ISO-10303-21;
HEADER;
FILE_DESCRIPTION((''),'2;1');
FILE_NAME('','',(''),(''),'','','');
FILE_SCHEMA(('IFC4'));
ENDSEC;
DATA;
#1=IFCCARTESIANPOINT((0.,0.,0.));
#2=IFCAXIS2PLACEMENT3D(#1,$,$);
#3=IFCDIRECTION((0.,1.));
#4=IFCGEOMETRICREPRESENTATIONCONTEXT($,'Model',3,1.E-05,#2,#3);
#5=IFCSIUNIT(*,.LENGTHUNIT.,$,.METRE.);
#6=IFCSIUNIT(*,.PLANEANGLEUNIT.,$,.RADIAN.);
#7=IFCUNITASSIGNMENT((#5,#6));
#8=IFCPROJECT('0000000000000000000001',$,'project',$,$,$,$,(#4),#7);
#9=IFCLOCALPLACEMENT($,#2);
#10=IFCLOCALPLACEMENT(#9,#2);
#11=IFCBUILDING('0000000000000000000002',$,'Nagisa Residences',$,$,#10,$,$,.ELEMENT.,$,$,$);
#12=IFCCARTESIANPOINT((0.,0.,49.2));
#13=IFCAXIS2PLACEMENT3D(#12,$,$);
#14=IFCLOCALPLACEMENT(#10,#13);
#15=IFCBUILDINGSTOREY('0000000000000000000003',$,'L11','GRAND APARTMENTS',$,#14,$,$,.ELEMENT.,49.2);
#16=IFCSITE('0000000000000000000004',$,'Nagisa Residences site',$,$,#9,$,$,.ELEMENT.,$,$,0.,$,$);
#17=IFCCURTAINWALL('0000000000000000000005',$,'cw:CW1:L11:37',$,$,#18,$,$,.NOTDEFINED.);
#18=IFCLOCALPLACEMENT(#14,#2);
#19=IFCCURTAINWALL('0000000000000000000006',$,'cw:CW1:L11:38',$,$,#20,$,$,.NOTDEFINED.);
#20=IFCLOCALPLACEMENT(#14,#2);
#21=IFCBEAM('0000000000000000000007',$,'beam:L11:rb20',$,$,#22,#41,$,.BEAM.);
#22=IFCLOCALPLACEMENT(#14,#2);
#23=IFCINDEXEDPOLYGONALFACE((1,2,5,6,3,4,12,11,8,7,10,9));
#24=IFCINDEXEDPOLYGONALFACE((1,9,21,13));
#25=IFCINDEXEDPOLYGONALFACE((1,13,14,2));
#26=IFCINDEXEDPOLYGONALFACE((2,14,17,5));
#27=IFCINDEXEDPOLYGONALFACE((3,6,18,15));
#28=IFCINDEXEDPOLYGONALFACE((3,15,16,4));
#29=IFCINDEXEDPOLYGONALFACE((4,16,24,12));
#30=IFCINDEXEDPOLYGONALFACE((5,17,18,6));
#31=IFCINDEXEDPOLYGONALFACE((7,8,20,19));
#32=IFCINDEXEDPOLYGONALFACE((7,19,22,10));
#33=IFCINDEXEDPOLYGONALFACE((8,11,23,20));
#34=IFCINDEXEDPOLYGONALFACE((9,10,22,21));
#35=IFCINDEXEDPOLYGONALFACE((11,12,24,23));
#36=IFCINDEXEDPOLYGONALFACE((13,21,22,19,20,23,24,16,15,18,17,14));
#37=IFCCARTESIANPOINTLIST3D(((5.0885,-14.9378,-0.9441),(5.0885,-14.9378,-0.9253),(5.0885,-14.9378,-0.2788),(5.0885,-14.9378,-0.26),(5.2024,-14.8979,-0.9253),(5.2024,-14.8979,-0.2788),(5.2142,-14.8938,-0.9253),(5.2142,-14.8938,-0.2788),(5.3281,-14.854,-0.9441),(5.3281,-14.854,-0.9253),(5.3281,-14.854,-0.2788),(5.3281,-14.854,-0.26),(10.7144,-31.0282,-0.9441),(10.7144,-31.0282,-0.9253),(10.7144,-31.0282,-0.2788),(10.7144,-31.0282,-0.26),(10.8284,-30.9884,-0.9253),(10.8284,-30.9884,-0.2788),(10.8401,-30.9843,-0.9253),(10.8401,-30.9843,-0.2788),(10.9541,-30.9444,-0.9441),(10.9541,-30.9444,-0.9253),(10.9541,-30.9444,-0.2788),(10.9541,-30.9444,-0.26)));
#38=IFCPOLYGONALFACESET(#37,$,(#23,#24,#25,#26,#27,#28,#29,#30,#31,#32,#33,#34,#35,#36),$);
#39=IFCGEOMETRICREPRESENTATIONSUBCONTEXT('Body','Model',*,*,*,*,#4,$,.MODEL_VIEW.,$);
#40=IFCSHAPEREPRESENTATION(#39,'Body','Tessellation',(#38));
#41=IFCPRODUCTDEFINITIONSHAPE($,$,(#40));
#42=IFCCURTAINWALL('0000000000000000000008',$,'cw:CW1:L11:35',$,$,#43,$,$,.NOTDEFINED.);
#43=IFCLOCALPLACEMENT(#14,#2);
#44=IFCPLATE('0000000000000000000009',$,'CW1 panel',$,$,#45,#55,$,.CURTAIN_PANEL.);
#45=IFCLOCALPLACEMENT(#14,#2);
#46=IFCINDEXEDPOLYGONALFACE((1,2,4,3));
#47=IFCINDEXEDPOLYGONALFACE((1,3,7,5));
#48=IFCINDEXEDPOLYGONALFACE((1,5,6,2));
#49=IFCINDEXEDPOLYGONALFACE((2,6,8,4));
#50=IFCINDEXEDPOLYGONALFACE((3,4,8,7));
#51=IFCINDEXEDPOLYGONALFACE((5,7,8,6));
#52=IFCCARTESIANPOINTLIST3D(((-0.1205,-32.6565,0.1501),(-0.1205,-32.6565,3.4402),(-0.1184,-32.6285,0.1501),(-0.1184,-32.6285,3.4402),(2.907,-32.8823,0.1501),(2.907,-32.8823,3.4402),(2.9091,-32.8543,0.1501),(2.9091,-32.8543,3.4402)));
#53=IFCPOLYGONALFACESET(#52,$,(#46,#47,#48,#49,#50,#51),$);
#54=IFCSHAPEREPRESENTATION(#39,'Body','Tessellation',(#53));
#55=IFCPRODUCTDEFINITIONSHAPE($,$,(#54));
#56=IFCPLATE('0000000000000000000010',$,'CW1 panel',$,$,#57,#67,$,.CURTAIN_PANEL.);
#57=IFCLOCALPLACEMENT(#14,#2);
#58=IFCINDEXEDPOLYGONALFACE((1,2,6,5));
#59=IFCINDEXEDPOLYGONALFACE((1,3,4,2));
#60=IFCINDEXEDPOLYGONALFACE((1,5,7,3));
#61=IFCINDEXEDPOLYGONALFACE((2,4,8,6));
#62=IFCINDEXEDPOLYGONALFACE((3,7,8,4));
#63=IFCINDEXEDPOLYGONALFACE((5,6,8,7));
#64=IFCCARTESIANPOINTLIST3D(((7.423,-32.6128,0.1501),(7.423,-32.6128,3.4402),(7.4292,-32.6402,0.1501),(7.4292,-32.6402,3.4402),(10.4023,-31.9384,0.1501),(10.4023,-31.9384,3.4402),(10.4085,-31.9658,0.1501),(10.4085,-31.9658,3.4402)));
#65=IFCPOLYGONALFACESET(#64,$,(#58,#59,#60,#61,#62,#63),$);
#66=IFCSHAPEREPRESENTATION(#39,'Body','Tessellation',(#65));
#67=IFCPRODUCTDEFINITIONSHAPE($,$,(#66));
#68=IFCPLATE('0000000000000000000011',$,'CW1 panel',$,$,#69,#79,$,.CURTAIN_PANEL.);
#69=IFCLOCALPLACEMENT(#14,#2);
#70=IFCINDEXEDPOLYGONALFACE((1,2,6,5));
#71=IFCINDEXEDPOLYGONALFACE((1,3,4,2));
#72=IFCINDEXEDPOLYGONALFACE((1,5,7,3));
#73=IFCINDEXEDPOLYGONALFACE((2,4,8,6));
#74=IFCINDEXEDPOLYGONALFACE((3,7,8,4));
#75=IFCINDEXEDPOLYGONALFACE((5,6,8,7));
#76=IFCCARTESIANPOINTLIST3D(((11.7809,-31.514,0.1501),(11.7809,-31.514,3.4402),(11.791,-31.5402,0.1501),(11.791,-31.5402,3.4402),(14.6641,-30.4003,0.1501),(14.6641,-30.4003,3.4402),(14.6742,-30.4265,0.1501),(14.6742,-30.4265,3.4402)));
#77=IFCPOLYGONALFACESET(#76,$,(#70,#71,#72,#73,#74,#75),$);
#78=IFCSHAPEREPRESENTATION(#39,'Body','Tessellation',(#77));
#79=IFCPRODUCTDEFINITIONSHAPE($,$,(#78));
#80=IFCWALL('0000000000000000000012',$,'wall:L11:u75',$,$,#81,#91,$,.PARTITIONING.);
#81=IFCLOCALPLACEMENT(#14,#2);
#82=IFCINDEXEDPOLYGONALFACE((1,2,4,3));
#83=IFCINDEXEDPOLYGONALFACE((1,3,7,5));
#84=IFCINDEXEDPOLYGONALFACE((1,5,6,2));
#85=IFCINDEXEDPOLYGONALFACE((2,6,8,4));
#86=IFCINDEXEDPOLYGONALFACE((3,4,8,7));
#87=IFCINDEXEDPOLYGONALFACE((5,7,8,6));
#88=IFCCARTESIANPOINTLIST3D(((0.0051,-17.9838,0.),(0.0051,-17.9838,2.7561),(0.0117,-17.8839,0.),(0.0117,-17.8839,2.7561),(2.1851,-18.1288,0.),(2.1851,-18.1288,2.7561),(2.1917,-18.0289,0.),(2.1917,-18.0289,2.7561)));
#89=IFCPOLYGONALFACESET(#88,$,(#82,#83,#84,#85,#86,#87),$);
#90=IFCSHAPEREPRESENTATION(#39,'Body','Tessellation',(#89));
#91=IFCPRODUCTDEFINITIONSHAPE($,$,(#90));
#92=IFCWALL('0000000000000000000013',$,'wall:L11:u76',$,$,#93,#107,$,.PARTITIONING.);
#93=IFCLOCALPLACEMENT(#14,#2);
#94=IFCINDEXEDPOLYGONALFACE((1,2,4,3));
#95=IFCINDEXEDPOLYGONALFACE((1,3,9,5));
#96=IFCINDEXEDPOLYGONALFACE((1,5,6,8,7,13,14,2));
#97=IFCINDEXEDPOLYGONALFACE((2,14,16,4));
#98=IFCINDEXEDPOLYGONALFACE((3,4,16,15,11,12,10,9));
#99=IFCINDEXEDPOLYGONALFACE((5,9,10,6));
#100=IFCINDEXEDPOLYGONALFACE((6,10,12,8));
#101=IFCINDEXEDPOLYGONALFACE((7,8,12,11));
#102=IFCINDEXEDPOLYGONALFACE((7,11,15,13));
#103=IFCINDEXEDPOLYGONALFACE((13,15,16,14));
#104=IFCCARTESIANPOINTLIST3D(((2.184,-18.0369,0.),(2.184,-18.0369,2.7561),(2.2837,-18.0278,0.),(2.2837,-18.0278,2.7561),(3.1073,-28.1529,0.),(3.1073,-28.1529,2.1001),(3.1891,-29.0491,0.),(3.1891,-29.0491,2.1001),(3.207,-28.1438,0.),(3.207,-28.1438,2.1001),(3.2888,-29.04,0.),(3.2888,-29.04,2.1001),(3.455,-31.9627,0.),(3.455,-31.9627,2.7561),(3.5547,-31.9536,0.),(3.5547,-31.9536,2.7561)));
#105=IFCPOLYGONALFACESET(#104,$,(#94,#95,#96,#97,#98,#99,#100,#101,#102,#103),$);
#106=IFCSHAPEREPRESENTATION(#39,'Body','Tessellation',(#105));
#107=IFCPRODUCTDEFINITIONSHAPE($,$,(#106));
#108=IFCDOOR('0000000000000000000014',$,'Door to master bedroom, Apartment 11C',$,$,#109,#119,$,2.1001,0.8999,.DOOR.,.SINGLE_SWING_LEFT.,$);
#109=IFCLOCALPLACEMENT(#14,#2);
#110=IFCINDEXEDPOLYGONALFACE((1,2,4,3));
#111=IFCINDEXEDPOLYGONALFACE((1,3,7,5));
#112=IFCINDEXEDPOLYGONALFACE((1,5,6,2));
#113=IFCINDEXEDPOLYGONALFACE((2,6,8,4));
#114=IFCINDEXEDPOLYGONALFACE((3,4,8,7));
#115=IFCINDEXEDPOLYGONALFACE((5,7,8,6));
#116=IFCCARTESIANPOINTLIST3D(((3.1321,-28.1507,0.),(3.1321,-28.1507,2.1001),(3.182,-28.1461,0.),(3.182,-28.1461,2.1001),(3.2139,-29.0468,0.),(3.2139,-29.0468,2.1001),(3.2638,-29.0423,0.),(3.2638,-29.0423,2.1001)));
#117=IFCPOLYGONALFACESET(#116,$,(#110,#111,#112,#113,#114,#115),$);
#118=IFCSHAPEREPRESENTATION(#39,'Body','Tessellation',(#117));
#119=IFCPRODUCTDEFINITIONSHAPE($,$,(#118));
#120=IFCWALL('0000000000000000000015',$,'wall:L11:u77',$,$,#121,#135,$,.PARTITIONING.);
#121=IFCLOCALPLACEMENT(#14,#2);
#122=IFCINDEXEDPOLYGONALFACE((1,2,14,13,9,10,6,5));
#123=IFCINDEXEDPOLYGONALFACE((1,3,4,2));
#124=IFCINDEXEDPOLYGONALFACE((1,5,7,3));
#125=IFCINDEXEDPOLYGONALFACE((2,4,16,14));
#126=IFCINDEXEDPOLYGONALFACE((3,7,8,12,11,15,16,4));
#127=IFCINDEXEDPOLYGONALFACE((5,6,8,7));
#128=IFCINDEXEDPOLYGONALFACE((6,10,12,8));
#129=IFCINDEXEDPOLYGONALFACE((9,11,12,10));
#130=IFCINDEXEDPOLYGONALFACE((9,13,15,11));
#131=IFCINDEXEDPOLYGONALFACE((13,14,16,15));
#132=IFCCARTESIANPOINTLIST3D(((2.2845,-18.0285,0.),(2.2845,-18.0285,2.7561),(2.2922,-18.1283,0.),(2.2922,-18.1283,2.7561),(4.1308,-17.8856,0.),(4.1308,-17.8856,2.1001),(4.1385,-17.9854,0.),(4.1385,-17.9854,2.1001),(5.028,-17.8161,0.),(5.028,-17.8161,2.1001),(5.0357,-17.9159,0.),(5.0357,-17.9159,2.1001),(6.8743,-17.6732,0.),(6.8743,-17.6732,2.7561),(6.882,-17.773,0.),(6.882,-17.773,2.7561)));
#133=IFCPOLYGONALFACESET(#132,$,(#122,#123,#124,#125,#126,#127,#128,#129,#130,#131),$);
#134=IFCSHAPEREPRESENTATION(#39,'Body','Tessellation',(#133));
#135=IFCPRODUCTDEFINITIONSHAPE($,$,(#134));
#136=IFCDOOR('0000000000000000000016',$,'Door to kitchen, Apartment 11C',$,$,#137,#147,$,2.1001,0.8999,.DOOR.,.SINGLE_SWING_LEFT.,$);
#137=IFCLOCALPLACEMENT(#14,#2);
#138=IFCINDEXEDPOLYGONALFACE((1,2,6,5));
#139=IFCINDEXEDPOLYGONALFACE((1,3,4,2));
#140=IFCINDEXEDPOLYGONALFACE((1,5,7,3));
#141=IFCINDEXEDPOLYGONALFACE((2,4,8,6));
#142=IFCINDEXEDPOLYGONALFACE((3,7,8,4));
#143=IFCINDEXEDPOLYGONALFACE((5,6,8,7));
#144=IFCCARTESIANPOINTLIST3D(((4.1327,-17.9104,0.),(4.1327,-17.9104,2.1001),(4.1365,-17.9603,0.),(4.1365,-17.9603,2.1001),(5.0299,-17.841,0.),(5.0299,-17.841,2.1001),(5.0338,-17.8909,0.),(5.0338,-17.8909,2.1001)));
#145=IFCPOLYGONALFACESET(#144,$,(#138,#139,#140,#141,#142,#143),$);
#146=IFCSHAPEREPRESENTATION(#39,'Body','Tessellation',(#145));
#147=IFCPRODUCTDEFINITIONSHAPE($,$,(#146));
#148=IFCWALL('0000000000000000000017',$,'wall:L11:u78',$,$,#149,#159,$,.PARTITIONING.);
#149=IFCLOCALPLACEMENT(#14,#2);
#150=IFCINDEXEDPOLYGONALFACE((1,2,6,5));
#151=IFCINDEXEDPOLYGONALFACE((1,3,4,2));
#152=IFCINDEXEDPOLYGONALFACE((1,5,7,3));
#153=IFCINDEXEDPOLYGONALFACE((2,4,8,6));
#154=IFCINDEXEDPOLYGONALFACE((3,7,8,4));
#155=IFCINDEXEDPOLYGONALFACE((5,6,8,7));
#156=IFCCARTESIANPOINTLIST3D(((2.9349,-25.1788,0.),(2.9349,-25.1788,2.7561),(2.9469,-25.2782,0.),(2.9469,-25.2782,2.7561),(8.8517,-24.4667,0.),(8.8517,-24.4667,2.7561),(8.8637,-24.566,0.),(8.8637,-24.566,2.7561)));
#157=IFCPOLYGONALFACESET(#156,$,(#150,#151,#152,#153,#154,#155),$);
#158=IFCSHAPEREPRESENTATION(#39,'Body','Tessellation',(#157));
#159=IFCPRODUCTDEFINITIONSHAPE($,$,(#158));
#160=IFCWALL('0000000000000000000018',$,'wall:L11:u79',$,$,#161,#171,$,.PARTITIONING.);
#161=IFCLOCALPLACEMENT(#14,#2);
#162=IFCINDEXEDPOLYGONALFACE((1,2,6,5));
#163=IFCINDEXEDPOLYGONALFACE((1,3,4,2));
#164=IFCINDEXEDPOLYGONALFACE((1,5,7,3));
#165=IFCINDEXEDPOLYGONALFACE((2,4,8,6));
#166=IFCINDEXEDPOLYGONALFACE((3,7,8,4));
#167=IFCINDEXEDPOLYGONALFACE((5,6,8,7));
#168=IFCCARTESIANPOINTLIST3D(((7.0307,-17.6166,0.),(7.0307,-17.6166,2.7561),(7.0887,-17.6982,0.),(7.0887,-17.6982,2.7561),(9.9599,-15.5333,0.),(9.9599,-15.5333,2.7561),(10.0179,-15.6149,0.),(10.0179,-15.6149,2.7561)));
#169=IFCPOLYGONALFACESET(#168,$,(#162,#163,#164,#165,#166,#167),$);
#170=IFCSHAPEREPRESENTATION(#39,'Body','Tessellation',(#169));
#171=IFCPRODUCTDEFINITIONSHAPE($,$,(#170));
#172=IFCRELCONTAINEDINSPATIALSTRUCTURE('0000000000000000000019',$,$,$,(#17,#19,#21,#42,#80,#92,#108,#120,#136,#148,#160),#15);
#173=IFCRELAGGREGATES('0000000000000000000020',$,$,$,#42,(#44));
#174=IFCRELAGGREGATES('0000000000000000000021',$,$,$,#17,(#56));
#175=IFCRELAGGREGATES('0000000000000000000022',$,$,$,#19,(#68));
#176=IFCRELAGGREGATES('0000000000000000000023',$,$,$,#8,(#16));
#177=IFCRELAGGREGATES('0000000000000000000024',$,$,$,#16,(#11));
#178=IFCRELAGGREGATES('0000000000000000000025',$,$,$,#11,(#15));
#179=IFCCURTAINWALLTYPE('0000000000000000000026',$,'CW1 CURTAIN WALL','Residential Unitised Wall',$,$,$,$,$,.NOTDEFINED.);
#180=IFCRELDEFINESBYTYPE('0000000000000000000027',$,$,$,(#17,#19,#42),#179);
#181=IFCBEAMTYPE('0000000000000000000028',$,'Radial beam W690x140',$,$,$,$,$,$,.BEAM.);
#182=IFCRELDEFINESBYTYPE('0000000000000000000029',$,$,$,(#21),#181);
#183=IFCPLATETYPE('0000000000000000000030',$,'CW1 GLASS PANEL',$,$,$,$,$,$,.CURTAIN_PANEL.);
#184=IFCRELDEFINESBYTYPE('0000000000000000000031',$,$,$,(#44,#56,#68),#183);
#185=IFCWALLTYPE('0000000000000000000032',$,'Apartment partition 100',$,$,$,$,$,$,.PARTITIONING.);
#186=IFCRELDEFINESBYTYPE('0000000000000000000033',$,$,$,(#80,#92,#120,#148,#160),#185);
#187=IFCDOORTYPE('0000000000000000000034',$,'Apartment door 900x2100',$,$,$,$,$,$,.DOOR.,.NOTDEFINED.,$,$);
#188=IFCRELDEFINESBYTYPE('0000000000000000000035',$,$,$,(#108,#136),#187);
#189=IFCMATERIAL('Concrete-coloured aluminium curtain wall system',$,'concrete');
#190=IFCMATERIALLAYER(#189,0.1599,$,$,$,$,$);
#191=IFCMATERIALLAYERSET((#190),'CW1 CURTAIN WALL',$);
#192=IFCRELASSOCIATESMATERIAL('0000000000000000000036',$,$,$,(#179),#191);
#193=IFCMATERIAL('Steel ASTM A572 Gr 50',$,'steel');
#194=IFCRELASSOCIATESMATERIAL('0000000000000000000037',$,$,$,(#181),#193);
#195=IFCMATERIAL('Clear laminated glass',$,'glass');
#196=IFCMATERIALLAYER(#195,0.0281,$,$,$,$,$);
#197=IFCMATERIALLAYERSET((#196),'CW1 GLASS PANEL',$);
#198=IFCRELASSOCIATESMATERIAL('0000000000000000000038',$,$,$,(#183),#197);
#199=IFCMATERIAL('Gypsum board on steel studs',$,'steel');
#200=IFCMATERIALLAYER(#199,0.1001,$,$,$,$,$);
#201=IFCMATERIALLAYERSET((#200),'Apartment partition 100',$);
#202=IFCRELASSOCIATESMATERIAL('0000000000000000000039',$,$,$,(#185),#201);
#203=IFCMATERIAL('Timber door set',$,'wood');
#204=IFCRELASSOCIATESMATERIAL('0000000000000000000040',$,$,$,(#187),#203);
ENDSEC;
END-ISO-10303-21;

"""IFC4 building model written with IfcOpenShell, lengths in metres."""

from ifc_helpers import new_model, si_unit, direction, frame, frame_2d, origin, origin_2d, place, context, subcontext, project, spatial, rectangle, i_section, extrude, material, layer, layer_set, material_profile, profile_set, type_object, element, fill, aggregate, save


model = new_model("IFC4")

# Units and contexts
model_context = context("Model", 3, precision=1e-05, world=origin(), true_north=direction((0.0, 1.0)))
body_context = subcontext(model_context, "Body", "Model", "MODEL_VIEW")
ifc_project = project(units=[si_unit("LENGTHUNIT", "METRE"), si_unit("PLANEANGLEUNIT", "RADIAN")], contexts=[model_context])

# Site, building, storey
site_placement = place(None, origin())
site = spatial("IfcSite", under=ifc_project, at=site_placement, Name="Nagisa Residences site", CompositionType="ELEMENT", RefElevation=0.0)
building_placement = place(site_placement, origin())
building = spatial("IfcBuilding", under=site, at=building_placement, Name="Nagisa Residences", CompositionType="ELEMENT")
storey_placement = place(building_placement, frame((0.0, 0.0, 49.2)))
storey = spatial("IfcBuildingStorey", under=building, at=storey_placement, Name="L11", Description="GRAND APARTMENTS", CompositionType="ELEMENT", Elevation=49.2)

# Curtain walls
ifc_material_1 = material(Name="Concrete-coloured aluminium curtain wall system", Category="concrete")
ifc_layer_1 = layer(ifc_material_1, 0.1599)
ifc_layer_set_1 = layer_set([ifc_layer_1], Name="CW1 CURTAIN WALL")
curtain_wall_type = type_object("IfcCurtainWallType", Name="CW1 CURTAIN WALL", Description="Residential Unitised Wall", PredefinedType="NOTDEFINED", material=ifc_layer_set_1)
curtain_wall_1_placement = place(storey_placement, origin())
curtain_wall_1 = element("IfcCurtainWall", 1, at=curtain_wall_1_placement, inside=storey, type_object=curtain_wall_type, Name="cw:CW1:L11:37", PredefinedType="NOTDEFINED")
curtain_wall_2_placement = place(storey_placement, origin())
curtain_wall_2 = element("IfcCurtainWall", 2, at=curtain_wall_2_placement, inside=storey, type_object=curtain_wall_type, Name="cw:CW1:L11:38", PredefinedType="NOTDEFINED")

# Beam
ifc_material_2 = material(Name="Steel ASTM A572 Gr 50", Category="steel")
ifc_material_profile_1 = material_profile(ifc_material_2, i_section(OverallWidth=0.2539, OverallDepth=0.6841, WebThickness=0.0125, FlangeThickness=0.0188, at=origin_2d()), Name="W690x140")
ifc_profile_set_1 = profile_set([ifc_material_profile_1], Name="Steel ASTM A572 Gr 50")
beam_type_1 = type_object("IfcBeamType", Name="Radial beam W690x140", PredefinedType="BEAM", material=ifc_profile_set_1)
beam_1_placement = place(storey_placement, frame((10.8342, -30.9863, -0.6021), z_axis=(-0.330051, 0.943963, 0.0), x_axis=(-0.943963, -0.330051, 0.0)))
element("IfcBeam", 3, at=beam_1_placement, inside=storey, type_object=beam_type_1, Name="beam:L11:rb20", PredefinedType="BEAM", context=body_context, shape_type="SweptSolid", body=[
    extrude(i_section(OverallWidth=0.2539, OverallDepth=0.6841, WebThickness=0.0125, FlangeThickness=0.0188, at=origin_2d()), origin(), (0.0, 0.0, 1.0), 17.0457),
])

# Curtain wall, plate
curtain_wall_3_placement = place(storey_placement, origin())
curtain_wall_3 = element("IfcCurtainWall", 4, at=curtain_wall_3_placement, inside=storey, type_object=curtain_wall_type, Name="cw:CW1:L11:35", PredefinedType="NOTDEFINED")
ifc_material_3 = material(Name="Clear laminated glass", Category="glass")
ifc_layer_2 = layer(ifc_material_3, 0.0281)
ifc_layer_set_2 = layer_set([ifc_layer_2], Name="CW1 GLASS PANEL")
plate_type = type_object("IfcPlateType", Name="CW1 GLASS PANEL", PredefinedType="CURTAIN_PANEL", material=ifc_layer_set_2)
plate_1_placement = place(storey_placement, frame((1.3943, -32.7554, 0.1501), z_axis=(0.0, 0.0, 1.0), x_axis=(0.99723, -0.074377, 0.0)))
plate_1 = element("IfcPlate", 5, at=plate_1_placement, type_object=plate_type, Name="CW1 panel", PredefinedType="CURTAIN_PANEL", context=body_context, shape_type="SweptSolid", body=[
    extrude(rectangle(XDim=3.0359, YDim=0.0281, at=origin_2d()), origin(), (0.0, 0.0, 1.0), 3.29),
])
aggregate(curtain_wall_3, [plate_1])

# Plates
plate_2_placement = place(storey_placement, frame((8.9158, -32.2893, 0.1501), z_axis=(0.0, 0.0, 1.0), x_axis=(0.975327, 0.220764, 0.0)))
plate_2 = element("IfcPlate", 6, at=plate_2_placement, type_object=plate_type, Name="CW1 panel", PredefinedType="CURTAIN_PANEL", context=body_context, shape_type="SweptSolid", body=[
    extrude(rectangle(XDim=3.0547, YDim=0.0281, at=origin_2d()), origin(), (0.0, 0.0, 1.0), 3.29),
])
aggregate(curtain_wall_1, [plate_2])
plate_3_placement = place(storey_placement, frame((13.2275, -30.9702, 0.1501), z_axis=(0.0, 0.0, 1.0), x_axis=(0.932826, 0.360328, 0.0)))
plate_3 = element("IfcPlate", 7, at=plate_3_placement, type_object=plate_type, Name="CW1 panel", PredefinedType="CURTAIN_PANEL", context=body_context, shape_type="SweptSolid", body=[
    extrude(rectangle(XDim=3.0908, YDim=0.0281, at=origin_2d()), origin(), (0.0, 0.0, 1.0), 3.29),
])
aggregate(curtain_wall_2, [plate_3])

# Wall
ifc_material_4 = material(Name="Gypsum board on steel studs", Category="steel")
ifc_layer_3 = layer(ifc_material_4, 0.1001)
ifc_layer_set_3 = layer_set([ifc_layer_3], Name="Apartment partition 100")
wall_type_1 = type_object("IfcWallType", Name="Apartment partition 100", PredefinedType="PARTITIONING", material=ifc_layer_set_3)
wall_1_placement = place(storey_placement, frame((0.0085, -17.9338, 0.0), z_axis=(0.0, 0.0, 1.0), x_axis=(0.997795, -0.066378, 0.0)))
element("IfcWall", 8, at=wall_1_placement, inside=storey, type_object=wall_type_1, Name="wall:L11:u75", PredefinedType="PARTITIONING", context=body_context, shape_type="SweptSolid", body=[
    extrude(rectangle(XDim=2.1848, YDim=0.1001, at=frame_2d((1.0923, 0.0))), origin(), (0.0, 0.0, 1.0), 2.7561),
])

# Walls, openings, doors
wall_2_placement = place(storey_placement, frame((2.2339, -18.0325, 0.0), z_axis=(0.0, 0.0, 1.0), x_axis=(0.090892, -0.995861, 0.0)))
wall_2 = element("IfcWall", 9, at=wall_2_placement, inside=storey, type_object=wall_type_1, Name="wall:L11:u76", PredefinedType="PARTITIONING", context=body_context, shape_type="SweptSolid", body=[
    extrude(rectangle(XDim=13.9836, YDim=0.1001, at=frame_2d((6.9917, 0.0))), origin(), (0.0, 0.0, 1.0), 2.7561),
])
opening_1_placement = place(wall_2_placement, frame((10.158, 0.0, 0.0)))
opening_1 = element("IfcOpeningElement", 10, at=opening_1_placement, cuts=wall_2, PredefinedType="OPENING", context=body_context, shape_type="SweptSolid", body=[
    extrude(rectangle(XDim=0.8999, YDim=2.1001, at=frame_2d((0.45, 1.05))), frame((0.0, 0.0601, 0.0), z_axis=(0.0, -1.0, 0.0), x_axis=(1.0, 0.0, 0.0)), (0.0, 0.0, 1.0), 0.1201),
])
ifc_material_5 = material(Name="Timber door set", Category="wood")
door_type_1 = type_object("IfcDoorType", Name="Apartment door 900x2100", OperationType="NOTDEFINED", PredefinedType="DOOR", material=ifc_material_5)
door_1_placement = place(opening_1_placement, origin())
door_1 = element("IfcDoor", 11, at=door_1_placement, inside=storey, type_object=door_type_1, Name="Door to master bedroom, Apartment 11C", OperationType="SINGLE_SWING_LEFT", OverallHeight=2.1001, OverallWidth=0.8999, PredefinedType="DOOR", context=body_context, shape_type="SweptSolid", body=[
    extrude(rectangle(XDim=0.8999, YDim=2.1001, at=frame_2d((0.45, 1.05))), frame((0.0, 0.0249, 0.0), z_axis=(0.0, -1.0, 0.0), x_axis=(1.0, 0.0, 0.0)), (0.0, 0.0, 1.0), 0.05),
])
fill(opening_1, door_1)
wall_3_placement = place(storey_placement, frame((2.2883, -18.0784, 0.0), z_axis=(0.0, 0.0, 1.0), x_axis=(0.997019, 0.077163, 0.0)))
wall_3 = element("IfcWall", 12, at=wall_3_placement, inside=storey, type_object=wall_type_1, Name="wall:L11:u77", PredefinedType="PARTITIONING", context=body_context, shape_type="SweptSolid", body=[
    extrude(rectangle(XDim=4.6035, YDim=0.1001, at=frame_2d((2.3018, 0.0))), origin(), (0.0, 0.0, 1.0), 2.7561),
])
opening_2_placement = place(wall_3_placement, frame((1.8518, 0.0, 0.0)))
opening_2 = element("IfcOpeningElement", 13, at=opening_2_placement, cuts=wall_3, PredefinedType="OPENING", context=body_context, shape_type="SweptSolid", body=[
    extrude(rectangle(XDim=0.8999, YDim=2.1001, at=frame_2d((0.45, 1.05))), frame((0.0, 0.0601, 0.0), z_axis=(0.0, -1.0, 0.0), x_axis=(1.0, 0.0, 0.0)), (0.0, 0.0, 1.0), 0.1201),
])
door_2_placement = place(opening_2_placement, frame((0.8999, 0.0, 0.0), x_axis=(-1.0, 0.0, 0.0)))
door_2 = element("IfcDoor", 14, at=door_2_placement, inside=storey, type_object=door_type_1, Name="Door to kitchen, Apartment 11C", OperationType="SINGLE_SWING_LEFT", OverallHeight=2.1001, OverallWidth=0.8999, PredefinedType="DOOR", context=body_context, shape_type="SweptSolid", body=[
    extrude(rectangle(XDim=0.8999, YDim=2.1001, at=frame_2d((0.45, 1.05))), frame((0.0, 0.0249, 0.0), z_axis=(0.0, -1.0, 0.0), x_axis=(1.0, 0.0, 0.0)), (0.0, 0.0, 1.0), 0.05),
])
fill(opening_2, door_2)

# Walls
wall_4_placement = place(storey_placement, frame((2.9409, -25.2285, 0.0), z_axis=(0.0, 0.0, 1.0), x_axis=(0.992834, 0.119501, 0.0)))
element("IfcWall", 15, at=wall_4_placement, inside=storey, type_object=wall_type_1, Name="wall:L11:u78", PredefinedType="PARTITIONING", context=body_context, shape_type="SweptSolid", body=[
    extrude(rectangle(XDim=5.9595, YDim=0.1001, at=frame_2d((2.9797, 0.0))), origin(), (0.0, 0.0, 1.0), 2.7561),
])
wall_5_placement = place(storey_placement, frame((7.0596, -17.6575, 0.0), z_axis=(0.0, 0.0, 1.0), x_axis=(0.81492, 0.579573, 0.0)))
element("IfcWall", 16, at=wall_5_placement, inside=storey, type_object=wall_type_1, Name="wall:L11:u79", PredefinedType="PARTITIONING", context=body_context, shape_type="SweptSolid", body=[
    extrude(rectangle(XDim=3.5945, YDim=0.1001, at=frame_2d((1.7974, 0.0))), origin(), (0.0, 0.0, 1.0), 2.7561),
])

save(model, "model.ifc")
